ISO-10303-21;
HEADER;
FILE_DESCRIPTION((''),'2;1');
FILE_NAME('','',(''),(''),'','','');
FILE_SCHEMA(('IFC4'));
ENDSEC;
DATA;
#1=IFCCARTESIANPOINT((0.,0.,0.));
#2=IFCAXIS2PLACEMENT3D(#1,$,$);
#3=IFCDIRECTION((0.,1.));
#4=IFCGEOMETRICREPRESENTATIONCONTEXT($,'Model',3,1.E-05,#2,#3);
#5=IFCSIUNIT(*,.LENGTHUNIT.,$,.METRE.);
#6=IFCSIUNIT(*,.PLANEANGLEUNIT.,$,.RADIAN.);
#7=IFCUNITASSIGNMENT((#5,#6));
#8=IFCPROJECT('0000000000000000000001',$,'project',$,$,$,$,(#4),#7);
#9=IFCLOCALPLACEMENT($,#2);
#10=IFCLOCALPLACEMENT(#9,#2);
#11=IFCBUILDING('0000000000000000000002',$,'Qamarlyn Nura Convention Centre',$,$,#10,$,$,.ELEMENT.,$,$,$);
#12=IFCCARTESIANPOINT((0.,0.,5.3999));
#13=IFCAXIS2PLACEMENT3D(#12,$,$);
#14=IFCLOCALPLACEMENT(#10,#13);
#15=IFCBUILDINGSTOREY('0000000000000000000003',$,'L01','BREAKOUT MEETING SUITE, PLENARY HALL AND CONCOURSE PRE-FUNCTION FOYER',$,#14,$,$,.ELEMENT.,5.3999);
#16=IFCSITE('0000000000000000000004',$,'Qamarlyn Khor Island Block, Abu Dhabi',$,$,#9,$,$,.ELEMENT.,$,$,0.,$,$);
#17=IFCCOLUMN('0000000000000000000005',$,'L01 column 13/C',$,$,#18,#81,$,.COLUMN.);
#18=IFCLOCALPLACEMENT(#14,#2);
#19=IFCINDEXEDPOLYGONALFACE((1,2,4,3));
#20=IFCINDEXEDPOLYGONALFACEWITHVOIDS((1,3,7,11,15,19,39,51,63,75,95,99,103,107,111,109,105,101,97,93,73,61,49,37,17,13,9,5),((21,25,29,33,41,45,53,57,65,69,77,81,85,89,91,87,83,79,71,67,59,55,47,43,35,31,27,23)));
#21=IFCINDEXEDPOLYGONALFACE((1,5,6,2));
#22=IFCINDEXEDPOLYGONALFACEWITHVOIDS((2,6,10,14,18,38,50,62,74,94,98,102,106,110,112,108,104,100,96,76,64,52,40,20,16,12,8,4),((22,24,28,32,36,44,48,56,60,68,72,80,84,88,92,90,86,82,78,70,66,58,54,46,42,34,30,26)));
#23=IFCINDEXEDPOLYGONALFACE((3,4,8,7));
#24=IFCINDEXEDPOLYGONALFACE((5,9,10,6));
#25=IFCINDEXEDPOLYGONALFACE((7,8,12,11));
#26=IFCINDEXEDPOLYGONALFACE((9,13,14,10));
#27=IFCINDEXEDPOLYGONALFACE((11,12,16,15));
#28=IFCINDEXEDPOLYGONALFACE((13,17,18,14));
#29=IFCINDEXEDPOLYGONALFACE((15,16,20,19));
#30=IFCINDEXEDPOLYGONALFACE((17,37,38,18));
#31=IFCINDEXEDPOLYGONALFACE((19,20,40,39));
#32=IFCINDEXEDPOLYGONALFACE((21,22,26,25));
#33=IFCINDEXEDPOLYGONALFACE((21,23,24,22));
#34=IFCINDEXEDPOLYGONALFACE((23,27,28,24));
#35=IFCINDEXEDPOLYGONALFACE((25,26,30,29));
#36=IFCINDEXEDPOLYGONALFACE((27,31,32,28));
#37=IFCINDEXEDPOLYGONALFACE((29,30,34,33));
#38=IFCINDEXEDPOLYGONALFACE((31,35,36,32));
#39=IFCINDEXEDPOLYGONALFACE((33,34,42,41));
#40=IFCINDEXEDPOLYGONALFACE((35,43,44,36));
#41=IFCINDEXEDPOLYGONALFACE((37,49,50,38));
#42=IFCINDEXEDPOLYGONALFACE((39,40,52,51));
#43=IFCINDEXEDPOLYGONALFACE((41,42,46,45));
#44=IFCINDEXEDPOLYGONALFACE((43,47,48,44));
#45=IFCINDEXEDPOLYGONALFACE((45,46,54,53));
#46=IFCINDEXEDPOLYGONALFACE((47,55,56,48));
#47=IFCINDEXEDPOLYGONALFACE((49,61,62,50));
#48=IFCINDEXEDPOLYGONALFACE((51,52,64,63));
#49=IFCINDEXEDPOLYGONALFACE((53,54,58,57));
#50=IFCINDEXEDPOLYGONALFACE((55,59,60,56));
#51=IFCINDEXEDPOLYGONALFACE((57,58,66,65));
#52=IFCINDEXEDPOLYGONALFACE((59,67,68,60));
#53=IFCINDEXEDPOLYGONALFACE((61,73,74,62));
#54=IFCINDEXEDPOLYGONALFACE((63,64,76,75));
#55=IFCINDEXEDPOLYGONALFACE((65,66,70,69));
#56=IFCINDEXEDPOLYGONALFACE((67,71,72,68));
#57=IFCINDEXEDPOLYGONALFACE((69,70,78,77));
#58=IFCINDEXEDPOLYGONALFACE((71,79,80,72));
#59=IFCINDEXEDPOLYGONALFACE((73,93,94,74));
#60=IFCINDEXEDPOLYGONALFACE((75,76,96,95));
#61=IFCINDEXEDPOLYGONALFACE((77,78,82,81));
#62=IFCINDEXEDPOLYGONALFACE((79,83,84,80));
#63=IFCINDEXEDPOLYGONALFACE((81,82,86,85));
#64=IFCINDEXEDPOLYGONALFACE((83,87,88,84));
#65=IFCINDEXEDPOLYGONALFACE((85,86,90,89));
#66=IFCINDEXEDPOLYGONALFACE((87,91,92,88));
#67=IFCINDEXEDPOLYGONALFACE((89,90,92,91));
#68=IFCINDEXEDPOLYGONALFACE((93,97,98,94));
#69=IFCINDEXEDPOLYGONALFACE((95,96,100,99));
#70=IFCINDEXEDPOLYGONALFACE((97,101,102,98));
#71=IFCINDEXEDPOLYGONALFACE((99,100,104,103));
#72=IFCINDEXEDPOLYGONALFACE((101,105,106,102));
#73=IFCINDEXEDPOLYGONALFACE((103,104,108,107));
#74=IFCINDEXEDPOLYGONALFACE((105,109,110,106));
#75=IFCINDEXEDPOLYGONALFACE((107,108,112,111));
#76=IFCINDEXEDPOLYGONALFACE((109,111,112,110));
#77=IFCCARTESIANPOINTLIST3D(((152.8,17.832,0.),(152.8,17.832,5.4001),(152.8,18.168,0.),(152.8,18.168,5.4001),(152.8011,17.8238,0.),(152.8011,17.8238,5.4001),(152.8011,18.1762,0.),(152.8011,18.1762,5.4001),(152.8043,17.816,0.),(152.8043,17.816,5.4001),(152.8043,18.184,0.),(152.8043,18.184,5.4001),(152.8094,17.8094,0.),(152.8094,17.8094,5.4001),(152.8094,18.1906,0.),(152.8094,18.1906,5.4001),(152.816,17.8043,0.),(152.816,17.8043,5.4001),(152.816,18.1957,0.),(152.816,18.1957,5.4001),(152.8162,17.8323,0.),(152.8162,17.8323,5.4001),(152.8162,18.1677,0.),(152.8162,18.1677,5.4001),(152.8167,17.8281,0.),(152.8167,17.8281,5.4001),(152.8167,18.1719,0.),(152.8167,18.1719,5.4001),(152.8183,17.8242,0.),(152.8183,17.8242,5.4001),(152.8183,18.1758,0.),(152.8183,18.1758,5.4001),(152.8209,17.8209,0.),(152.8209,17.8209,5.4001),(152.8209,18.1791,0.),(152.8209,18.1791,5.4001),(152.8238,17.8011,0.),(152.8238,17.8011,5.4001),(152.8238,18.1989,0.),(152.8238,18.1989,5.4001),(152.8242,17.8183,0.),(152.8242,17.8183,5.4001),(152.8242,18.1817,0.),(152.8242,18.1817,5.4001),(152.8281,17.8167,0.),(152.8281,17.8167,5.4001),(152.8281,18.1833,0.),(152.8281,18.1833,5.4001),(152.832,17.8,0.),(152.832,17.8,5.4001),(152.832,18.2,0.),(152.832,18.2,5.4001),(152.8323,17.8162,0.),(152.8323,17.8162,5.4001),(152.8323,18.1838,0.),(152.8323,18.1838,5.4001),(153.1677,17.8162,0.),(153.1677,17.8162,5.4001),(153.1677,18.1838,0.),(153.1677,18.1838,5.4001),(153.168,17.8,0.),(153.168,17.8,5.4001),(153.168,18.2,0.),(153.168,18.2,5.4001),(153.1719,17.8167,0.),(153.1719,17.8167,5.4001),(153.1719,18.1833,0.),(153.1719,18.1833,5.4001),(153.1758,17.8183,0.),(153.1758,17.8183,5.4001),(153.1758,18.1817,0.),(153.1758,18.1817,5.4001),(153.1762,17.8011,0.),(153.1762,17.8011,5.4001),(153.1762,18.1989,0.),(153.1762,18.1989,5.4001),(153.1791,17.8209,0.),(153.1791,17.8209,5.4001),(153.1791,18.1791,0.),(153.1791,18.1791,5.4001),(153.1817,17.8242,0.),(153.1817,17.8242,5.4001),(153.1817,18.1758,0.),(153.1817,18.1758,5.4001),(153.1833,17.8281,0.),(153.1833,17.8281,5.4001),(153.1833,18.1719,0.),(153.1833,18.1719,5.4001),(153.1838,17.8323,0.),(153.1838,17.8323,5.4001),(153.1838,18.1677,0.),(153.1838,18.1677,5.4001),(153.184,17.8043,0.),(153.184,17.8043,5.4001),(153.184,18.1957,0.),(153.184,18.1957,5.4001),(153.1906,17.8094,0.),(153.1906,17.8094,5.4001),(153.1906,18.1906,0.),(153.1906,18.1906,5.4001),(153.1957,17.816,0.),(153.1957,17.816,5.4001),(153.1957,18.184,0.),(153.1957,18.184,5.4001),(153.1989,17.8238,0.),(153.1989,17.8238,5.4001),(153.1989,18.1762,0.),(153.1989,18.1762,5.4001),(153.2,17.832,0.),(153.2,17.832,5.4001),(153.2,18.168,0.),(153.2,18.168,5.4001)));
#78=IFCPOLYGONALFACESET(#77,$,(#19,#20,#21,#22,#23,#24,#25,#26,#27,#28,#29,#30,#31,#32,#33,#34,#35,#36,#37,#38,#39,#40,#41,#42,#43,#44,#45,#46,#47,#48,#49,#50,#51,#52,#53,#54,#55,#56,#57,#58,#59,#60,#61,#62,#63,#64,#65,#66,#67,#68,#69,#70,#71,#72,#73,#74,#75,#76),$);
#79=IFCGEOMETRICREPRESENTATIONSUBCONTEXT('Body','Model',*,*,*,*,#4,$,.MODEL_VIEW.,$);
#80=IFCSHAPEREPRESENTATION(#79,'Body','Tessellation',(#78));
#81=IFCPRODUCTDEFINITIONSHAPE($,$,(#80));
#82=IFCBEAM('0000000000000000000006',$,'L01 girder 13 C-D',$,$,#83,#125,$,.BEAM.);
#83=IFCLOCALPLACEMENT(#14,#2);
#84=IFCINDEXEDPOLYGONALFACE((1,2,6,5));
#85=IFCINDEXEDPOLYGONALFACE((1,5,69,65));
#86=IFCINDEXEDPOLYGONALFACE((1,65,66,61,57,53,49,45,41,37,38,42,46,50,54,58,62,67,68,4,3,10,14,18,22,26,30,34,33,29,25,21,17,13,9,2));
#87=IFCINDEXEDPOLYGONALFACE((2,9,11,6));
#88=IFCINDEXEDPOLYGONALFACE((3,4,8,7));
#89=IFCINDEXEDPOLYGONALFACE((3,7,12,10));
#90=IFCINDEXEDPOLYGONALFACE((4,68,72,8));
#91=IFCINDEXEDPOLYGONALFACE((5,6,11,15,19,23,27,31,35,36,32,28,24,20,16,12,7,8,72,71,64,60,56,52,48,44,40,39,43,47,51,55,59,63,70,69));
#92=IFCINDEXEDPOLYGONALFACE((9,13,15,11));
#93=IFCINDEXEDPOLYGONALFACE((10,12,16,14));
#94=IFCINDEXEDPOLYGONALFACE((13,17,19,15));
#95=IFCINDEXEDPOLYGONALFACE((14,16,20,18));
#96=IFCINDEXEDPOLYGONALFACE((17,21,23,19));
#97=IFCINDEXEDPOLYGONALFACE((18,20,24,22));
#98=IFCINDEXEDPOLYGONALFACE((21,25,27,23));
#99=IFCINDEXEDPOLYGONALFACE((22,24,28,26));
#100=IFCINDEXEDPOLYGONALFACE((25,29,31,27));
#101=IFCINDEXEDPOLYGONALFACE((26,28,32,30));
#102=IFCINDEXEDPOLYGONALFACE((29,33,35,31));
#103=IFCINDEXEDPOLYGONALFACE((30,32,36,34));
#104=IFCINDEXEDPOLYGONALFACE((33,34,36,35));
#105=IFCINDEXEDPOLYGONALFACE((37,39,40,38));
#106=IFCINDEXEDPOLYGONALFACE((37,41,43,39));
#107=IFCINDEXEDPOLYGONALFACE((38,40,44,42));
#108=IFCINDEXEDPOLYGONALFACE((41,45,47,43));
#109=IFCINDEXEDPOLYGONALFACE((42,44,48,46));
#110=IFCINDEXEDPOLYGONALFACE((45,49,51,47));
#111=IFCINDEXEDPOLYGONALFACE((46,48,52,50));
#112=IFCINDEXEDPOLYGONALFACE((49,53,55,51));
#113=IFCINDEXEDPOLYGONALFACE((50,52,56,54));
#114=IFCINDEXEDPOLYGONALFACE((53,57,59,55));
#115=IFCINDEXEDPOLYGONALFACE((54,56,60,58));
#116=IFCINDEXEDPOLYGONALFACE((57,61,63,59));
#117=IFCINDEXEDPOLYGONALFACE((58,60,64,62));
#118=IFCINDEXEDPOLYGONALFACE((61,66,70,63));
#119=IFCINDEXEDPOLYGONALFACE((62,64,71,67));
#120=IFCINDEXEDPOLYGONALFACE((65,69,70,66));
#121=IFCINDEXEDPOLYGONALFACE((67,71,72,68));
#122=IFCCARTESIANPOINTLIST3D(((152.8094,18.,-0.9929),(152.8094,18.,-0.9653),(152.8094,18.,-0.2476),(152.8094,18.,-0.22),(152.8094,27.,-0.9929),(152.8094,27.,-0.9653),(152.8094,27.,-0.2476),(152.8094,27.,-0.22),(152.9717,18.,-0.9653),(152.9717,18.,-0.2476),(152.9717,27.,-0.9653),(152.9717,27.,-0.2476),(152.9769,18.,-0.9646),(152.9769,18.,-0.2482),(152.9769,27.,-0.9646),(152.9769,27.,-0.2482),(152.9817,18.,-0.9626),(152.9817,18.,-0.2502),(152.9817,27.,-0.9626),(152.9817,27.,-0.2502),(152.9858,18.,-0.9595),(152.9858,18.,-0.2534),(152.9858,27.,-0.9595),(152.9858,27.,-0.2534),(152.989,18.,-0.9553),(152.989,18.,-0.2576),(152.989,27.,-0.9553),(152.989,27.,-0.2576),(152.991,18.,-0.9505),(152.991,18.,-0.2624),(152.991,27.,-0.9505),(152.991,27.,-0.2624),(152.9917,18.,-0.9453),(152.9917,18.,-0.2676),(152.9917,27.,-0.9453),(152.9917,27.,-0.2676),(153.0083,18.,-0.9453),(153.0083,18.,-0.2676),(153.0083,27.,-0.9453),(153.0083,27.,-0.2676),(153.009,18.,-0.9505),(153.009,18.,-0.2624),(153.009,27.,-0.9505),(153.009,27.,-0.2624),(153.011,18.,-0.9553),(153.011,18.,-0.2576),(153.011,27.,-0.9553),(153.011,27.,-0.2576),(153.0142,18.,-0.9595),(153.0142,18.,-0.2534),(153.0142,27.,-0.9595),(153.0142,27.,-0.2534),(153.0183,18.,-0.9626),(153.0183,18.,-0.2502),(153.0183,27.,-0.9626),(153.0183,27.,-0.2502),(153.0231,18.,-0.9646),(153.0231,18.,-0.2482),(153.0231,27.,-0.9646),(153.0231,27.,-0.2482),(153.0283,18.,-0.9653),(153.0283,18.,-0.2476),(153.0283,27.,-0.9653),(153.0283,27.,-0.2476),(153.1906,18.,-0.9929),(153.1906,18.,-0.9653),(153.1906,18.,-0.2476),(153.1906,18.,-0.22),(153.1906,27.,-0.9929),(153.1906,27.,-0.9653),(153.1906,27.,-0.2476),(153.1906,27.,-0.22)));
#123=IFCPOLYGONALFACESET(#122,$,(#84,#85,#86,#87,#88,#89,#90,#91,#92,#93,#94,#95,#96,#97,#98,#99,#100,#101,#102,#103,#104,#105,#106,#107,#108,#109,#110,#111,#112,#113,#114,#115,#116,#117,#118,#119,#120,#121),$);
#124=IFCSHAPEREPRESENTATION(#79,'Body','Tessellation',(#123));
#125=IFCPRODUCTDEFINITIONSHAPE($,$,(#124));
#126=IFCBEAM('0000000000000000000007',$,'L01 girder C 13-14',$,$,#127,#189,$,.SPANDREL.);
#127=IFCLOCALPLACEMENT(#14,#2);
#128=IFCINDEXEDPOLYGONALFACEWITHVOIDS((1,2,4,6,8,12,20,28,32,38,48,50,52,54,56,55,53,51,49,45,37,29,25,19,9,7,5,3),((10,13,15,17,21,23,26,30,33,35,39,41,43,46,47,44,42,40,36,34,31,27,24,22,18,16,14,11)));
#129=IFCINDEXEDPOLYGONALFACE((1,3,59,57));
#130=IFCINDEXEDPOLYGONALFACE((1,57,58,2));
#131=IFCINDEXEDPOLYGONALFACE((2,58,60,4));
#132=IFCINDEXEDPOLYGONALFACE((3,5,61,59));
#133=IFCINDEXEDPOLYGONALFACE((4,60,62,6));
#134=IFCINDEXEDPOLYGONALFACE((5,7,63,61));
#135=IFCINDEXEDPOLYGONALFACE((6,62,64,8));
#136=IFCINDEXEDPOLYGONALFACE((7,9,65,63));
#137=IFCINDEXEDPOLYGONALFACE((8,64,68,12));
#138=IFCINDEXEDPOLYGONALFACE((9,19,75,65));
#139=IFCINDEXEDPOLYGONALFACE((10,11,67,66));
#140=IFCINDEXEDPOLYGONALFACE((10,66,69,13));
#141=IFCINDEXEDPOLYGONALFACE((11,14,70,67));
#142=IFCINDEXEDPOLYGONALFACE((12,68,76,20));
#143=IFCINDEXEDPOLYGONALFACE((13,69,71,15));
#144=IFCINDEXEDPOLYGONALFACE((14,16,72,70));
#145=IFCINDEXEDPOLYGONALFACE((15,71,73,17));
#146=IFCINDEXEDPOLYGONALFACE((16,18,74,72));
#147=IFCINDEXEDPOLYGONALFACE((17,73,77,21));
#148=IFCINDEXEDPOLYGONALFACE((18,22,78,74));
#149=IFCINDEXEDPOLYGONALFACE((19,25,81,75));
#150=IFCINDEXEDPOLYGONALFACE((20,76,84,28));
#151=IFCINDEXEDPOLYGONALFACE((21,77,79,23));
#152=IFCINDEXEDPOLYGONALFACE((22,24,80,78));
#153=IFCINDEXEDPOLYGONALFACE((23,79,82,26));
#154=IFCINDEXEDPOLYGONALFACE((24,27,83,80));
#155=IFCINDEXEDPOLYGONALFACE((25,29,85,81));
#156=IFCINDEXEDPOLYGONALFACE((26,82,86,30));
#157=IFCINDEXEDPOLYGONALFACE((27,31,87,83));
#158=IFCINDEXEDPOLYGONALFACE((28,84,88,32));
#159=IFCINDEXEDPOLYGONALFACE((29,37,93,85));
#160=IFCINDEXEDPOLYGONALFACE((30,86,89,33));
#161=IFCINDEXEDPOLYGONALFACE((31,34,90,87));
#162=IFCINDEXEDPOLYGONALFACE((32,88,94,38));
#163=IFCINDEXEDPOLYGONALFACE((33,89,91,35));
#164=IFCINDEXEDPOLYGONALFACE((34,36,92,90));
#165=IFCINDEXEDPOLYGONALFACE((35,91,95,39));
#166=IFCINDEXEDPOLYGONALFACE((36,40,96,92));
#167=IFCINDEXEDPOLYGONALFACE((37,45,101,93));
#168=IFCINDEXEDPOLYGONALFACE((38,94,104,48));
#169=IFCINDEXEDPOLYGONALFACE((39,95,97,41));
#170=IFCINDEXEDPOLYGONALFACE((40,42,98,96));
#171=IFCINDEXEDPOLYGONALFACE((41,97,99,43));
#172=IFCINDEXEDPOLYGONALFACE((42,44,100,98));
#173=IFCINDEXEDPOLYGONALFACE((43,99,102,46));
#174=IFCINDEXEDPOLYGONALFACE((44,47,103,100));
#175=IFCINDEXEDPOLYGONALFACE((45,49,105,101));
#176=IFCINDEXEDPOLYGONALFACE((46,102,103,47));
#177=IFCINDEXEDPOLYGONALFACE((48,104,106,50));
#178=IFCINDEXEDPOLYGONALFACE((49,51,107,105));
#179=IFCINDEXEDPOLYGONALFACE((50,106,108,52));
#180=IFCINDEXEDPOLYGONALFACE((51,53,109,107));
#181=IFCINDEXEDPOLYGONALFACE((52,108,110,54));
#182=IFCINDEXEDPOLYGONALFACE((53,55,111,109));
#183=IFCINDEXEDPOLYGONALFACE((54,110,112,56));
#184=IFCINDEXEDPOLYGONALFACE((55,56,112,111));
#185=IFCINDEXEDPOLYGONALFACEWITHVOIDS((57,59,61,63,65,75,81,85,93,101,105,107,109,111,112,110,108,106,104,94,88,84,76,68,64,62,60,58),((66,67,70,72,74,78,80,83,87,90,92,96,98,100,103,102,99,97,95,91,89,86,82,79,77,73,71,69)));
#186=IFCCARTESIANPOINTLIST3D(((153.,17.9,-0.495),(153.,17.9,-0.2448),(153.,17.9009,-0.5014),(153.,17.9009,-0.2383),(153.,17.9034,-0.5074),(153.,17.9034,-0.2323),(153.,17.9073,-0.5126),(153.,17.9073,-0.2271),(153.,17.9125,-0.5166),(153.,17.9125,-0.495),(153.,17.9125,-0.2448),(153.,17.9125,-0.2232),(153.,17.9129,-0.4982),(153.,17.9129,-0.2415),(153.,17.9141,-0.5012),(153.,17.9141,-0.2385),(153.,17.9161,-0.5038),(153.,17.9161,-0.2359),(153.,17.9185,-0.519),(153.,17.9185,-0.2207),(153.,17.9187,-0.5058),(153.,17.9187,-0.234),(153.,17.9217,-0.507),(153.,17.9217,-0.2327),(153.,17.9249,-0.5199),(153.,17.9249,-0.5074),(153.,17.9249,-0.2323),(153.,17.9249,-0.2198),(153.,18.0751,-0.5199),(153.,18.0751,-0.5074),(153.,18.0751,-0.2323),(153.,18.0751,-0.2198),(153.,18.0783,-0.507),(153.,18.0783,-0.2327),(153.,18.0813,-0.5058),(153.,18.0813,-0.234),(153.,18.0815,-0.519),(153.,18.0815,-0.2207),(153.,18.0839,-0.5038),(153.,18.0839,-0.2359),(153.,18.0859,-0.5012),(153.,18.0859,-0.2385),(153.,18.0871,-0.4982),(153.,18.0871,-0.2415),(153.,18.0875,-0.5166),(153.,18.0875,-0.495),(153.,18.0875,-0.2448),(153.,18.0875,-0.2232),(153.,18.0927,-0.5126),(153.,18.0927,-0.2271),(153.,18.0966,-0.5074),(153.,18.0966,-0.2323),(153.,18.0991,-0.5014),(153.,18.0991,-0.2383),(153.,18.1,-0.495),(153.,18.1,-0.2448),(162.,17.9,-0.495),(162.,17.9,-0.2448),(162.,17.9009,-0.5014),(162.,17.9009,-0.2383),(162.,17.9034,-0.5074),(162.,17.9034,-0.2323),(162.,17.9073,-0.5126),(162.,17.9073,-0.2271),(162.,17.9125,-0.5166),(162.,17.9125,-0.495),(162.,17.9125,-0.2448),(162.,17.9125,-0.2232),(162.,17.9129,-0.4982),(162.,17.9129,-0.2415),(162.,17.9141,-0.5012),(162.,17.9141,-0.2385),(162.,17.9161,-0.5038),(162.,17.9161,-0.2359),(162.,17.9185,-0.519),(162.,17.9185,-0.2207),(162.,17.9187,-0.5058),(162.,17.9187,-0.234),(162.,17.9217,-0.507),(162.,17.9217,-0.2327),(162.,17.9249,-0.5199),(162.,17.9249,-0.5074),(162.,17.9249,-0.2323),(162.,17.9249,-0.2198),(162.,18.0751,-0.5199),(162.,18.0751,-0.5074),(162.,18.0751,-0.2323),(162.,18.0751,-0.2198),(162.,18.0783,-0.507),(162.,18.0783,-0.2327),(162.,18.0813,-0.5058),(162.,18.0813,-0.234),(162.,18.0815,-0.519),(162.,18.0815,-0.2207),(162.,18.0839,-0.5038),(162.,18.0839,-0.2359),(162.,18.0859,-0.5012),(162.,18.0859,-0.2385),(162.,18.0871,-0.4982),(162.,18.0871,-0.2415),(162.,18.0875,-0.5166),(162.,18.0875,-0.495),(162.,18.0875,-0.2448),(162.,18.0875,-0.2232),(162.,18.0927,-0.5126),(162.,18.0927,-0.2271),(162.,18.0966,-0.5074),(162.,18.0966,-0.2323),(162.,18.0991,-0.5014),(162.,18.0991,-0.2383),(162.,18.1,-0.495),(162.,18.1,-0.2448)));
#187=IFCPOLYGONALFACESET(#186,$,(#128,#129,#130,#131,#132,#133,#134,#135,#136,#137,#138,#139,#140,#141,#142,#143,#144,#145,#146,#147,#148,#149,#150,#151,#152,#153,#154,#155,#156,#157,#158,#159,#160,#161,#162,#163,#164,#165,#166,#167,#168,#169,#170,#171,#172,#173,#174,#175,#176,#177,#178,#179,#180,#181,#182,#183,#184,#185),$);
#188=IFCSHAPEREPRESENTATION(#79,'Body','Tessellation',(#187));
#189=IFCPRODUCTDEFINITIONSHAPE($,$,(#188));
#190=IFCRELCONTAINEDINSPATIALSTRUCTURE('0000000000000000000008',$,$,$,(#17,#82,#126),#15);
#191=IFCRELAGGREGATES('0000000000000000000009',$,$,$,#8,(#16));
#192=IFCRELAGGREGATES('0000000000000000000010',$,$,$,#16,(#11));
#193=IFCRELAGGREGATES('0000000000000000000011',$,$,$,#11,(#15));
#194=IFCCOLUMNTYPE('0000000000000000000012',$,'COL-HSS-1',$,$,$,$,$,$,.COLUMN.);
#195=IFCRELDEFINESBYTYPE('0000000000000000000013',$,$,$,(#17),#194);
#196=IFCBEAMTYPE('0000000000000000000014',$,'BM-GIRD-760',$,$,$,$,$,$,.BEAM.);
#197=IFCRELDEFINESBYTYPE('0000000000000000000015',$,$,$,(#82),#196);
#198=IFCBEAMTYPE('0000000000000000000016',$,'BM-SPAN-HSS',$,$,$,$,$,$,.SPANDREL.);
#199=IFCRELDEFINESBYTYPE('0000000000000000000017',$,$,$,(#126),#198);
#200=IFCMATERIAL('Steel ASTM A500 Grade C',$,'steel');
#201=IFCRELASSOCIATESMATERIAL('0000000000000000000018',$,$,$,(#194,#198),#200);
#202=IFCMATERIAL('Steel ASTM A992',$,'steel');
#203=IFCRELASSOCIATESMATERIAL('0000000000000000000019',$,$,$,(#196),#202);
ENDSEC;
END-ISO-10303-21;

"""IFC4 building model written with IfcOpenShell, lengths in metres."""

from ifc_helpers import new_model, si_unit, direction, frame, origin, origin_2d, place, context, subcontext, project, spatial, hollow_rectangle, i_section, extrude, material, material_profile, profile_set, type_object, element, save


model = new_model("IFC4")

# Units and contexts
model_context = context("Model", 3, precision=1e-05, world=origin(), true_north=direction((0.0, 1.0)))
body_context = subcontext(model_context, "Body", "Model", "MODEL_VIEW")
ifc_project = project(units=[si_unit("LENGTHUNIT", "METRE"), si_unit("PLANEANGLEUNIT", "RADIAN")], contexts=[model_context])

# Site, building, storey
site_placement = place(None, origin())
site = spatial("IfcSite", under=ifc_project, at=site_placement, Name="Qamarlyn Khor Island Block, Abu Dhabi", CompositionType="ELEMENT", RefElevation=0.0)
building_placement = place(site_placement, origin())
building = spatial("IfcBuilding", under=site, at=building_placement, Name="Qamarlyn Nura Convention Centre", CompositionType="ELEMENT")
storey_placement = place(building_placement, frame((0.0, 0.0, 5.3999)))
storey = spatial("IfcBuildingStorey", under=building, at=storey_placement, Name="L01", Description="BREAKOUT MEETING SUITE, PLENARY HALL AND CONCOURSE PRE-FUNCTION FOYER", CompositionType="ELEMENT", Elevation=5.3999)

# Column
ifc_material_1 = material(Name="Steel ASTM A500 Grade C", Category="steel")
ifc_material_profile_1 = material_profile(ifc_material_1, hollow_rectangle(XDim=0.3999, YDim=0.3999, WallThickness=0.0161, InnerFilletRadius=0.0161, OuterFilletRadius=0.032, at=origin_2d()), Name="HSS400X400X16")
ifc_profile_set_1 = profile_set([ifc_material_profile_1], Name="Steel ASTM A500 Grade C")
column_type = type_object("IfcColumnType", Name="COL-HSS-1", PredefinedType="COLUMN", material=ifc_profile_set_1)
column_placement = place(storey_placement, frame((153.0, 18.0, 0.0), z_axis=(0.0, 0.0, 1.0), x_axis=(1.0, 0.0, 0.0)))
element("IfcColumn", 1, at=column_placement, inside=storey, type_object=column_type, Name="L01 column 13/C", PredefinedType="COLUMN", context=body_context, shape_type="SweptSolid", body=[
    extrude(hollow_rectangle(XDim=0.3999, YDim=0.3999, WallThickness=0.0161, InnerFilletRadius=0.0161, OuterFilletRadius=0.032, at=origin_2d()), origin(), (0.0, 0.0, 1.0), 5.4001),
])

# Beams
ifc_material_2 = material(Name="Steel ASTM A992", Category="steel")
ifc_material_profile_2 = material_profile(ifc_material_2, i_section(OverallWidth=0.3811, OverallDepth=0.7729, WebThickness=0.0166, FlangeThickness=0.0276, FilletRadius=0.02, at=origin_2d()), Name="W760X257")
ifc_profile_set_2 = profile_set([ifc_material_profile_2], Name="Steel ASTM A992")
beam_type_1 = type_object("IfcBeamType", Name="BM-GIRD-760", PredefinedType="BEAM", material=ifc_profile_set_2)
beam_1_placement = place(storey_placement, frame((153.0, 18.0, -0.6064), z_axis=(0.0, 1.0, 0.0), x_axis=(-1.0, 0.0, 0.0)))
element("IfcBeam", 2, at=beam_1_placement, inside=storey, type_object=beam_type_1, Name="L01 girder 13 C-D", PredefinedType="BEAM", context=body_context, shape_type="SweptSolid", body=[
    extrude(i_section(OverallWidth=0.3811, OverallDepth=0.7729, WebThickness=0.0166, FlangeThickness=0.0276, FilletRadius=0.02, at=origin_2d()), origin(), (0.0, 0.0, 1.0), 9.0),
])
ifc_material_profile_3 = material_profile(ifc_material_1, hollow_rectangle(XDim=0.2, YDim=0.3, WallThickness=0.0125, InnerFilletRadius=0.0125, OuterFilletRadius=0.0249, at=origin_2d()), Name="HSS300X200X12.5")
ifc_profile_set_3 = profile_set([ifc_material_profile_3], Name="Steel ASTM A500 Grade C")
beam_type_2 = type_object("IfcBeamType", Name="BM-SPAN-HSS", PredefinedType="SPANDREL", material=ifc_profile_set_3)
beam_2_placement = place(storey_placement, frame((153.0, 18.0, -0.3699), z_axis=(1.0, 0.0, 0.0), x_axis=(0.0, 1.0, 0.0)))
element("IfcBeam", 3, at=beam_2_placement, inside=storey, type_object=beam_type_2, Name="L01 girder C 13-14", PredefinedType="SPANDREL", context=body_context, shape_type="SweptSolid", body=[
    extrude(hollow_rectangle(XDim=0.2, YDim=0.3, WallThickness=0.0125, InnerFilletRadius=0.0125, OuterFilletRadius=0.0249, at=origin_2d()), origin(), (0.0, 0.0, 1.0), 9.0),
])

save(model, "model.ifc")
